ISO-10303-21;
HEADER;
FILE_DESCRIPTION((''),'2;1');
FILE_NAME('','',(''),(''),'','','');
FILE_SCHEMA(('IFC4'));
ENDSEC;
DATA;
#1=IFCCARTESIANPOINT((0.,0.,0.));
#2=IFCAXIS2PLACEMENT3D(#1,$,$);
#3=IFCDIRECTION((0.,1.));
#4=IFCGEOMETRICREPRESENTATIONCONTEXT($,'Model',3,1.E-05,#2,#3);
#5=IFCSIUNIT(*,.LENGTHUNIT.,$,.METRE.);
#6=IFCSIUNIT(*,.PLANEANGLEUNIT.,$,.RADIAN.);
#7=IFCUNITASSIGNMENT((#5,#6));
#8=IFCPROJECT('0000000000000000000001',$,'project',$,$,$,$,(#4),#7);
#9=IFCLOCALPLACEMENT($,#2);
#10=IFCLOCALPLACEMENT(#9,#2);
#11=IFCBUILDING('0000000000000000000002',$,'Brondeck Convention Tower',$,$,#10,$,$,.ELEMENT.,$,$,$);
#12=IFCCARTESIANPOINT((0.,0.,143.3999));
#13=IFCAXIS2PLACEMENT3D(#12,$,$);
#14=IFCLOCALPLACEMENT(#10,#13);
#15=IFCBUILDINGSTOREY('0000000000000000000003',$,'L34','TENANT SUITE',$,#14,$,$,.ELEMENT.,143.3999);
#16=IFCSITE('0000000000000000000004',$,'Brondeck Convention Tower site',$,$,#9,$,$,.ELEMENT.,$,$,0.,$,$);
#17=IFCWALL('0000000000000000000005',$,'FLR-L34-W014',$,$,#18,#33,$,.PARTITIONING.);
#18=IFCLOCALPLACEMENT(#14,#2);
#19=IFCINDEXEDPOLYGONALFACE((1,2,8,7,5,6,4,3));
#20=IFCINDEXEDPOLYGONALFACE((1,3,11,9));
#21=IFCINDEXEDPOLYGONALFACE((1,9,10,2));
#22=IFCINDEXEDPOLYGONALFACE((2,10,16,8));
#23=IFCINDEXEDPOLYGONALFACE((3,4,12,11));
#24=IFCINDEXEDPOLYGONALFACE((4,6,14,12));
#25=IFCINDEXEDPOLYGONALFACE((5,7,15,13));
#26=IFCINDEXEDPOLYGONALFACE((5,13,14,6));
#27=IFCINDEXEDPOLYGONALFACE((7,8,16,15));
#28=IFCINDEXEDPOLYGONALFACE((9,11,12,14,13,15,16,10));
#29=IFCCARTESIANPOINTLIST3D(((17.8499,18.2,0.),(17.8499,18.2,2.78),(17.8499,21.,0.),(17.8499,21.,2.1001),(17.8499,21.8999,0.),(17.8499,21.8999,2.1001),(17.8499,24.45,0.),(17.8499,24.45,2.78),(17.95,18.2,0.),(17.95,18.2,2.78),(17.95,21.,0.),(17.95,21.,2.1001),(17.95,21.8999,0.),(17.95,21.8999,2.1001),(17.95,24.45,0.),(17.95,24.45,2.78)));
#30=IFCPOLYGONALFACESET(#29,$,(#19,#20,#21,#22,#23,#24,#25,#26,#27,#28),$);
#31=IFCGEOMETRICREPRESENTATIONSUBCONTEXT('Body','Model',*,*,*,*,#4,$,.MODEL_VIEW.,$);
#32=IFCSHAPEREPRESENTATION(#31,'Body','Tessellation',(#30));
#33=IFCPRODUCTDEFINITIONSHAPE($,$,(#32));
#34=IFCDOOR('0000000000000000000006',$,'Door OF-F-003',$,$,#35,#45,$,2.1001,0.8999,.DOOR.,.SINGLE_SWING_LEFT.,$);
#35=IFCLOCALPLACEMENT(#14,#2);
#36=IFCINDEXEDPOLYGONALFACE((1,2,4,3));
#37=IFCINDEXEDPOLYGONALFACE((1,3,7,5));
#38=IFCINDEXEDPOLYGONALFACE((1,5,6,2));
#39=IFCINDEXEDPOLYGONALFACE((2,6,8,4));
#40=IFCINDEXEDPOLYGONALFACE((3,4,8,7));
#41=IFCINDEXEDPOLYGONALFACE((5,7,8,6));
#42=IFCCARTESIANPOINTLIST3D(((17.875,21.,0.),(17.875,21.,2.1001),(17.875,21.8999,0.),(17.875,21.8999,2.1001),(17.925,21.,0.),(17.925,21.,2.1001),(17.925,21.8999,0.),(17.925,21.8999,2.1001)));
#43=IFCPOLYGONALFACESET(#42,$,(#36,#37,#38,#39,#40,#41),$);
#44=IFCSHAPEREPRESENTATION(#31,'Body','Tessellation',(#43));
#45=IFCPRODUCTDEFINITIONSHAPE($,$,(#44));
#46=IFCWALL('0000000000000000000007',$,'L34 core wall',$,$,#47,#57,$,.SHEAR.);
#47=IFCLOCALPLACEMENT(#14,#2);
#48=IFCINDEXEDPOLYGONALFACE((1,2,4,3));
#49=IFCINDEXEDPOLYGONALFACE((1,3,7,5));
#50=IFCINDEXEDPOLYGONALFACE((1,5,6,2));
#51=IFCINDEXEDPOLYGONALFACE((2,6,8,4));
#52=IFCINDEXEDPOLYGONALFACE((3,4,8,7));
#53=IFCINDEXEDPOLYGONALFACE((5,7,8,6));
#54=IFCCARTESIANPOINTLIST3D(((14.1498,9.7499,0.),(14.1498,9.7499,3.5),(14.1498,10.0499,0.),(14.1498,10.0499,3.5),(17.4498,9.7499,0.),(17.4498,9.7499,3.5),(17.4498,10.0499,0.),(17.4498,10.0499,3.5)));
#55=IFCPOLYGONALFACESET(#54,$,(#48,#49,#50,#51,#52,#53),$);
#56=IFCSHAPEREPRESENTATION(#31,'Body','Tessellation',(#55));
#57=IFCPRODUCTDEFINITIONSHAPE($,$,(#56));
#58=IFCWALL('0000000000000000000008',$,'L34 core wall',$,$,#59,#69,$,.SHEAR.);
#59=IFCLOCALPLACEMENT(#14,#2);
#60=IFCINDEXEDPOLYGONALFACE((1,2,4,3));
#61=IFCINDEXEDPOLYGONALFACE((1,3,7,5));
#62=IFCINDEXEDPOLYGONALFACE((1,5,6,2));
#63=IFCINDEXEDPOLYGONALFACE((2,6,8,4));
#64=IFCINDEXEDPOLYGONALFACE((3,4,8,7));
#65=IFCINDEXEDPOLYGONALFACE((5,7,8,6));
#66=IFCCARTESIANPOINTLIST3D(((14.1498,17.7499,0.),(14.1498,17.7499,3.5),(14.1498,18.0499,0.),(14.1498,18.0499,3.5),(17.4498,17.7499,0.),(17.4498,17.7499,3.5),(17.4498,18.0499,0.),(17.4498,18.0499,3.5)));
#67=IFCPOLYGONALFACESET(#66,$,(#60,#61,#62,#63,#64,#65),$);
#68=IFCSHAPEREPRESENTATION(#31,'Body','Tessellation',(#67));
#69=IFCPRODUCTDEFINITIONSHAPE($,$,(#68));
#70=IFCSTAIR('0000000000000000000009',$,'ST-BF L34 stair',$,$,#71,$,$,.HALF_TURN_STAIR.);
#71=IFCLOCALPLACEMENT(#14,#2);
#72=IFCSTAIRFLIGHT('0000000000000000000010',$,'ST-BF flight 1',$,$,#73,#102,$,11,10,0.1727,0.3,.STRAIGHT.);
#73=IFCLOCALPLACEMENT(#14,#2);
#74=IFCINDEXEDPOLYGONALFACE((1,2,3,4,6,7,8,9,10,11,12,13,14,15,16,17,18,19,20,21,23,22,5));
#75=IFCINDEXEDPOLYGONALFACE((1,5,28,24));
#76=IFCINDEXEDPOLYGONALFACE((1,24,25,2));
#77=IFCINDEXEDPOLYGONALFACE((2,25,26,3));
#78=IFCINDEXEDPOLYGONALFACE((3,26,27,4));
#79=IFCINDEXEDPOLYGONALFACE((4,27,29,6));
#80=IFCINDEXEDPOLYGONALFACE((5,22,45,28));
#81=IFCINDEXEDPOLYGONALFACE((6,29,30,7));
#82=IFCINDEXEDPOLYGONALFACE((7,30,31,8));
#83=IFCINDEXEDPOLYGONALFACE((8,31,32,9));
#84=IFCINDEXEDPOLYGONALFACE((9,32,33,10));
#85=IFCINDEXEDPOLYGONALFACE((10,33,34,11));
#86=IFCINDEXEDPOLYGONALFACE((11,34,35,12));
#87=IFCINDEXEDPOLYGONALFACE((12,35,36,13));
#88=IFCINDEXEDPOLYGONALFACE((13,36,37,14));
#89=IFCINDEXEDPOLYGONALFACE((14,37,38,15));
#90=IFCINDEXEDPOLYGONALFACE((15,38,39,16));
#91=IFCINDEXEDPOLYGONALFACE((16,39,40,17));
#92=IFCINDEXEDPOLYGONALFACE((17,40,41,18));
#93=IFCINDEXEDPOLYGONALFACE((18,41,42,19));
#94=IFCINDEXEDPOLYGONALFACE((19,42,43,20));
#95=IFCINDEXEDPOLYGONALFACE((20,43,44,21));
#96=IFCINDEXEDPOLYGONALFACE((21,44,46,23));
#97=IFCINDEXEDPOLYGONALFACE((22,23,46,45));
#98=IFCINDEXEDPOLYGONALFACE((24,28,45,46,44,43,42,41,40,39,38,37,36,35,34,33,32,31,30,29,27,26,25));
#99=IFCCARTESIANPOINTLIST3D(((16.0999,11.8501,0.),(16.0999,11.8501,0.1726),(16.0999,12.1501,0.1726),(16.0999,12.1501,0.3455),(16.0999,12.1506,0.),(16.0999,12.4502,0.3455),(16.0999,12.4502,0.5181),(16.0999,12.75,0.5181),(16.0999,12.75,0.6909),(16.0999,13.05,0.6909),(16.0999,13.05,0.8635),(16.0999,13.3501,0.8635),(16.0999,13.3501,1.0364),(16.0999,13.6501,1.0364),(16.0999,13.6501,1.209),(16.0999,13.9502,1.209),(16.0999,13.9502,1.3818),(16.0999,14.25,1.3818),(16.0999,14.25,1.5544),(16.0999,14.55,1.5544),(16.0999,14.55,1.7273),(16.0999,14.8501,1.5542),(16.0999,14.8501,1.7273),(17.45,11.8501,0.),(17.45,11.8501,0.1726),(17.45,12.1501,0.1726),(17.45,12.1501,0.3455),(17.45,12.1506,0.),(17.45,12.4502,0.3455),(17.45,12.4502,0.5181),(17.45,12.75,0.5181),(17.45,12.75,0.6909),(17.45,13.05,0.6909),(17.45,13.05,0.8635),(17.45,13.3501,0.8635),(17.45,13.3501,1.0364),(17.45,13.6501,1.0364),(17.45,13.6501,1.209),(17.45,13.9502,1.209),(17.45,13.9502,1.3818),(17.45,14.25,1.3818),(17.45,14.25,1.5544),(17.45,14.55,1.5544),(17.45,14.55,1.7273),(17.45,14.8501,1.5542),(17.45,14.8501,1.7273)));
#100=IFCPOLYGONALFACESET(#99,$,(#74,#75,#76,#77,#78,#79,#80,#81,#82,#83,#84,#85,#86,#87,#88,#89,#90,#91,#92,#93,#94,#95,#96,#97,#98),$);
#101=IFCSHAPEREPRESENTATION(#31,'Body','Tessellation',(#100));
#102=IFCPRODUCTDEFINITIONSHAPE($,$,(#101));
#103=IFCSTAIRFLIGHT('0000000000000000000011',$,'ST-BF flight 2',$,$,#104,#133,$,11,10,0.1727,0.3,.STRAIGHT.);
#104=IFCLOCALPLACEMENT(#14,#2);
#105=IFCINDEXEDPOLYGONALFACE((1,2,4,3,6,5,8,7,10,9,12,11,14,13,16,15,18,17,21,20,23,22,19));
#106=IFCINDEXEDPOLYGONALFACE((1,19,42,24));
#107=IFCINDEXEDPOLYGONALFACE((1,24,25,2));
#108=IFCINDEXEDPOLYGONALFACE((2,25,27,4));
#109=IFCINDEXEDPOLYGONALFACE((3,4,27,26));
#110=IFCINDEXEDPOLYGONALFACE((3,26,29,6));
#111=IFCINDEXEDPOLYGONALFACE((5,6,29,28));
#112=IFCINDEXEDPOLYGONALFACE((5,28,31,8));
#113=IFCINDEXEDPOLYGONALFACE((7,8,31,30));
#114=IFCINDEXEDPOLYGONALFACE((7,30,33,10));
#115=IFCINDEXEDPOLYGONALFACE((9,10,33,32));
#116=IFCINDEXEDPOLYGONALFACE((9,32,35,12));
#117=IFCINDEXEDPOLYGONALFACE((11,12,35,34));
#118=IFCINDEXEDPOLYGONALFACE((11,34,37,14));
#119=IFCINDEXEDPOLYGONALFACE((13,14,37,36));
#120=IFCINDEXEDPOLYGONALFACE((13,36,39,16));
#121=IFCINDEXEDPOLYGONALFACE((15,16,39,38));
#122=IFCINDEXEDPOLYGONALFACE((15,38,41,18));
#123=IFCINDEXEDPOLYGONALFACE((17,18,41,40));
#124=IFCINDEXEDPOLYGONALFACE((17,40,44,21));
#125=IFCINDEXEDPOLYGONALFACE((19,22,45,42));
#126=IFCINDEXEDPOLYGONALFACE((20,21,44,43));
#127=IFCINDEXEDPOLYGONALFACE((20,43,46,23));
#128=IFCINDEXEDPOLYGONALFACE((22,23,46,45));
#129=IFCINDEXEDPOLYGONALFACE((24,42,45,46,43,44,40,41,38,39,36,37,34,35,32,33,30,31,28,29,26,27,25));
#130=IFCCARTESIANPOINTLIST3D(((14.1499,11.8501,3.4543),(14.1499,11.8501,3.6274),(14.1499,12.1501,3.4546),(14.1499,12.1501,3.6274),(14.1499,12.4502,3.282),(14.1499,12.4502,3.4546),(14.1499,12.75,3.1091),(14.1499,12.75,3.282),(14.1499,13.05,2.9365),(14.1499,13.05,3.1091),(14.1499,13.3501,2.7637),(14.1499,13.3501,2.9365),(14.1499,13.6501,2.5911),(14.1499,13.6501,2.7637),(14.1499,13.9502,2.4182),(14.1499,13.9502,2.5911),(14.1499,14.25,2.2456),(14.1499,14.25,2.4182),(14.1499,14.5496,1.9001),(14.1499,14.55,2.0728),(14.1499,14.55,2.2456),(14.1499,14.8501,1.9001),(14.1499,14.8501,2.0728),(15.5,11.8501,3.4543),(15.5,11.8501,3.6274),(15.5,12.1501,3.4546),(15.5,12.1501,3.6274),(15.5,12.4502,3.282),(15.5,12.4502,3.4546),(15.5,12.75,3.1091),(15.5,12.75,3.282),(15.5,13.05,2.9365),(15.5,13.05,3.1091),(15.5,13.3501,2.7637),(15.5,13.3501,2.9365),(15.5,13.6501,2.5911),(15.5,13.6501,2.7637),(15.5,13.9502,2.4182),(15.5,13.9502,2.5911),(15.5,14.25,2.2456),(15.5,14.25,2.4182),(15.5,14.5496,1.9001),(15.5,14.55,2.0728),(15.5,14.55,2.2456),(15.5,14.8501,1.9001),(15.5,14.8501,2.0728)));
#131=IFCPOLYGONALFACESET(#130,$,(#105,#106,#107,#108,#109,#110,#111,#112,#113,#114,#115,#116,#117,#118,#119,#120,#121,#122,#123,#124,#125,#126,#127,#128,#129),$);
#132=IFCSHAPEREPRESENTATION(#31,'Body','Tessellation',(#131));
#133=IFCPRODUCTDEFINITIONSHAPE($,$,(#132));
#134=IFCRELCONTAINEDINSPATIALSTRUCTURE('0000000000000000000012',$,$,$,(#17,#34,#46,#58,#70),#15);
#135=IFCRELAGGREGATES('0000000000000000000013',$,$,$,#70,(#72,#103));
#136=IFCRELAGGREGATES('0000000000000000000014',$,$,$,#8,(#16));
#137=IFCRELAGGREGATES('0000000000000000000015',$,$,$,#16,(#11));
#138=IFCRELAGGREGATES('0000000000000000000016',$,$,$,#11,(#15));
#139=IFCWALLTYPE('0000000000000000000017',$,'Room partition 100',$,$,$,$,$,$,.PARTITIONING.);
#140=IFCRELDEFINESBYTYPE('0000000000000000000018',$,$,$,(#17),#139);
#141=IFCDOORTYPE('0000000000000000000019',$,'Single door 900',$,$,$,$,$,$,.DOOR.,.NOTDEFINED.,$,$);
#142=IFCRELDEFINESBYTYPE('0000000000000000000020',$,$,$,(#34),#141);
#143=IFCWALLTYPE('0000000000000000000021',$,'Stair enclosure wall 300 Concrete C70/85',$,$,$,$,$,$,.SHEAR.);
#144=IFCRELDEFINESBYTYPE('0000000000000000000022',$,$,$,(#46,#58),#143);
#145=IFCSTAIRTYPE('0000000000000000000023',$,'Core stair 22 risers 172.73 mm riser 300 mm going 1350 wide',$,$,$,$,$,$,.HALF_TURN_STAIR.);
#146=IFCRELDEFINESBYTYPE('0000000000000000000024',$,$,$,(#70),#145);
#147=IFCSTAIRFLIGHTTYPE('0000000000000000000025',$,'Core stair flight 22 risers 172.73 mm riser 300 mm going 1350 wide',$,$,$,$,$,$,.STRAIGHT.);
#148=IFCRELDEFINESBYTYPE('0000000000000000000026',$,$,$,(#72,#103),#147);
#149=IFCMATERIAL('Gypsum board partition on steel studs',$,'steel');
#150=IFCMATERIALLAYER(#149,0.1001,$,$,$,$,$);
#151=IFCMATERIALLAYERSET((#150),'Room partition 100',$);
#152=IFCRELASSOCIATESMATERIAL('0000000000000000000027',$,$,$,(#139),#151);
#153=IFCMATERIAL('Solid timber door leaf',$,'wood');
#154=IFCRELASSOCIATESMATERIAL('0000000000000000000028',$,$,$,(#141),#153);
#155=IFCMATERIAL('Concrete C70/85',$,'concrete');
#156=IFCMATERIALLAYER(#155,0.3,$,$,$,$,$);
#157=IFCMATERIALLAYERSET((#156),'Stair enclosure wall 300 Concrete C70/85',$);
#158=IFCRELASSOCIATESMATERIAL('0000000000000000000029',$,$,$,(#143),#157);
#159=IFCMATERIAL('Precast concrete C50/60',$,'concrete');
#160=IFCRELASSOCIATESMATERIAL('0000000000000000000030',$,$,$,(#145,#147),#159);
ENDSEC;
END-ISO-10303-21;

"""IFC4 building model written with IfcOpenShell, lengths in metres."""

from ifc_helpers import new_model, si_unit, direction, frame, frame_2d, origin, place, context, subcontext, project, spatial, polyline, rectangle, outline, extrude, material, layer, layer_set, type_object, element, fill, aggregate, save


model = new_model("IFC4")

# Units and contexts
model_context = context("Model", 3, precision=1e-05, world=origin(), true_north=direction((0.0, 1.0)))
body_context = subcontext(model_context, "Body", "Model", "MODEL_VIEW")
ifc_project = project(units=[si_unit("LENGTHUNIT", "METRE"), si_unit("PLANEANGLEUNIT", "RADIAN")], contexts=[model_context])

# Site, building, storey
site_placement = place(None, origin())
site = spatial("IfcSite", under=ifc_project, at=site_placement, Name="Brondeck Convention Tower site", CompositionType="ELEMENT", RefElevation=0.0)
building_placement = place(site_placement, origin())
building = spatial("IfcBuilding", under=site, at=building_placement, Name="Brondeck Convention Tower", CompositionType="ELEMENT")
storey_placement = place(building_placement, frame((0.0, 0.0, 143.3999)))
storey = spatial("IfcBuildingStorey", under=building, at=storey_placement, Name="L34", Description="TENANT SUITE", CompositionType="ELEMENT", Elevation=143.3999)

# Shared definitions
ifc_material_1 = material(Name="Gypsum board partition on steel studs", Category="steel")
ifc_layer_1 = layer(ifc_material_1, 0.1001)
ifc_layer_set_1 = layer_set([ifc_layer_1], Name="Room partition 100")
wall_type_1 = type_object("IfcWallType", Name="Room partition 100", PredefinedType="PARTITIONING", material=ifc_layer_set_1)

# Wall, opening, door
wall_1_placement = place(storey_placement, frame((17.8999, 18.2, 0.0), z_axis=(0.0, 0.0, 1.0), x_axis=(0.0, 1.0, 0.0)))
wall_1 = element("IfcWall", 1, at=wall_1_placement, inside=storey, type_object=wall_type_1, Name="FLR-L34-W014", PredefinedType="PARTITIONING", context=body_context, shape_type="SweptSolid", body=[
    extrude(rectangle(XDim=6.25, YDim=0.1001, at=frame_2d((3.125, 0.0))), origin(), (0.0, 0.0, 1.0), 2.78),
])
opening_1_placement = place(wall_1_placement, frame((2.8, 0.0, 0.0)))
opening_1 = element("IfcOpeningElement", 2, at=opening_1_placement, cuts=wall_1, PredefinedType="OPENING", context=body_context, shape_type="SweptSolid", body=[
    extrude(rectangle(XDim=0.8999, YDim=2.1001, at=frame_2d((0.45, 1.05))), frame((0.0, 0.0601, 0.0), z_axis=(0.0, -1.0, 0.0), x_axis=(1.0, 0.0, 0.0)), (0.0, 0.0, 1.0), 0.1201),
])
ifc_material_2 = material(Name="Solid timber door leaf", Category="wood")
door_type_1 = type_object("IfcDoorType", Name="Single door 900", OperationType="NOTDEFINED", PredefinedType="DOOR", material=ifc_material_2)
door_1_placement = place(opening_1_placement, origin())
door_1 = element("IfcDoor", 3, at=door_1_placement, inside=storey, type_object=door_type_1, Name="Door OF-F-003", OperationType="SINGLE_SWING_LEFT", OverallHeight=2.1001, OverallWidth=0.8999, PredefinedType="DOOR", context=body_context, shape_type="SweptSolid", body=[
    extrude(rectangle(XDim=0.8999, YDim=2.1001, at=frame_2d((0.45, 1.05))), frame((0.0, 0.0249, 0.0), z_axis=(0.0, -1.0, 0.0), x_axis=(1.0, 0.0, 0.0)), (0.0, 0.0, 1.0), 0.05),
])
fill(opening_1, door_1)

# Walls
ifc_material_3 = material(Name="Concrete C70/85", Category="concrete")
ifc_layer_2 = layer(ifc_material_3, 0.3)
ifc_layer_set_2 = layer_set([ifc_layer_2], Name="Stair enclosure wall 300 Concrete C70/85")
wall_type_2 = type_object("IfcWallType", Name="Stair enclosure wall 300 Concrete C70/85", PredefinedType="SHEAR", material=ifc_layer_set_2)
for number, where, z_axis, x_axis, name in (
    (4, (14.1499, 9.8999, 0.0), (0.0, 0.0, 1.0), (1.0, 0.0, 0.0), "L34 core wall"),
    (5, (14.1499, 17.8999, 0.0), (0.0, 0.0, 1.0), (1.0, 0.0, 0.0), "L34 core wall"),
):
    element("IfcWall", number, at=place(storey_placement, frame(where, z_axis=z_axis, x_axis=x_axis)), inside=storey, type_object=wall_type_2, Name=name, PredefinedType="SHEAR", context=body_context, shape_type="SweptSolid", body=[
        extrude(rectangle(XDim=3.3, YDim=0.3, at=frame_2d((1.6499, 0.0))), origin(), (0.0, 0.0, 1.0), 3.5),
    ])

# Stair, stair flights
ifc_material_4 = material(Name="Precast concrete C50/60", Category="concrete")
stair_type = type_object("IfcStairType", Name="Core stair 22 risers 172.73 mm riser 300 mm going 1350 wide", PredefinedType="HALF_TURN_STAIR", material=ifc_material_4)
stair_placement = place(storey_placement, origin())
stair = element("IfcStair", 6, at=stair_placement, inside=storey, type_object=stair_type, Name="ST-BF L34 stair", PredefinedType="HALF_TURN_STAIR")
stair_flight_type = type_object("IfcStairFlightType", Name="Core stair flight 22 risers 172.73 mm riser 300 mm going 1350 wide", PredefinedType="STRAIGHT", material=ifc_material_4)
stair_flight_1_placement = place(storey_placement, frame((16.7749, 11.8501, 0.0), z_axis=(0.0, 0.0, 1.0), x_axis=(0.0, 1.0, 0.0)))
stair_flight_1 = element("IfcStairFlight", 7, at=stair_flight_1_placement, type_object=stair_flight_type, Name="ST-BF flight 1", NumberOfRisers=11, NumberOfTreads=10, PredefinedType="STRAIGHT", RiserHeight=0.1727, TreadLength=0.3, context=body_context, shape_type="SweptSolid", body=[
    extrude(outline(polyline([(0.0, 0.0), (0.0, 0.1726), (0.3, 0.1726), (0.3, 0.3455), (0.6001, 0.3455), (0.6001, 0.5181), (0.8999, 0.5181), (0.8999, 0.6909), (1.2, 0.6909), (1.2, 0.8635), (1.5, 0.8635), (1.5, 1.0364), (1.8, 1.0364), (1.8, 1.209), (2.1001, 1.209), (2.1001, 1.3818), (2.3999, 1.3818), (2.3999, 1.5544), (2.7, 1.5544), (2.7, 1.7273), (3.0, 1.7273), (3.0, 1.8999), (3.0, 1.5542), (0.3005, 0.0), (0.0, 0.0)])), frame((0.0, 0.675, 0.0), z_axis=(0.0, -1.0, 0.0), x_axis=(1.0, 0.0, 0.0)), (0.0, 0.0, 1.0), 1.3501),
])
stair_flight_2_placement = place(storey_placement, frame((14.825, 14.8501, 1.9001), z_axis=(0.0, 0.0, 1.0), x_axis=(0.0, -1.0, 0.0)))
stair_flight_2 = element("IfcStairFlight", 8, at=stair_flight_2_placement, type_object=stair_flight_type, Name="ST-BF flight 2", NumberOfRisers=11, NumberOfTreads=10, PredefinedType="STRAIGHT", RiserHeight=0.1727, TreadLength=0.3, context=body_context, shape_type="SweptSolid", body=[
    extrude(outline(polyline([(0.0, 0.0), (0.0, 0.1726), (0.3, 0.1726), (0.3, 0.3455), (0.6001, 0.3455), (0.6001, 0.5181), (0.8999, 0.5181), (0.8999, 0.6909), (1.2, 0.6909), (1.2, 0.8635), (1.5, 0.8635), (1.5, 1.0364), (1.8, 1.0364), (1.8, 1.209), (2.1001, 1.209), (2.1001, 1.3818), (2.3999, 1.3818), (2.3999, 1.5544), (2.7, 1.5544), (2.7, 1.7273), (3.0, 1.7273), (3.0, 1.8999), (3.0, 1.5542), (0.3005, 0.0), (0.0, 0.0)])), frame((0.0, 0.675, 0.0), z_axis=(0.0, -1.0, 0.0), x_axis=(1.0, 0.0, 0.0)), (0.0, 0.0, 1.0), 1.3501),
])
aggregate(stair, [stair_flight_1, stair_flight_2])

save(model, "model.ifc")
